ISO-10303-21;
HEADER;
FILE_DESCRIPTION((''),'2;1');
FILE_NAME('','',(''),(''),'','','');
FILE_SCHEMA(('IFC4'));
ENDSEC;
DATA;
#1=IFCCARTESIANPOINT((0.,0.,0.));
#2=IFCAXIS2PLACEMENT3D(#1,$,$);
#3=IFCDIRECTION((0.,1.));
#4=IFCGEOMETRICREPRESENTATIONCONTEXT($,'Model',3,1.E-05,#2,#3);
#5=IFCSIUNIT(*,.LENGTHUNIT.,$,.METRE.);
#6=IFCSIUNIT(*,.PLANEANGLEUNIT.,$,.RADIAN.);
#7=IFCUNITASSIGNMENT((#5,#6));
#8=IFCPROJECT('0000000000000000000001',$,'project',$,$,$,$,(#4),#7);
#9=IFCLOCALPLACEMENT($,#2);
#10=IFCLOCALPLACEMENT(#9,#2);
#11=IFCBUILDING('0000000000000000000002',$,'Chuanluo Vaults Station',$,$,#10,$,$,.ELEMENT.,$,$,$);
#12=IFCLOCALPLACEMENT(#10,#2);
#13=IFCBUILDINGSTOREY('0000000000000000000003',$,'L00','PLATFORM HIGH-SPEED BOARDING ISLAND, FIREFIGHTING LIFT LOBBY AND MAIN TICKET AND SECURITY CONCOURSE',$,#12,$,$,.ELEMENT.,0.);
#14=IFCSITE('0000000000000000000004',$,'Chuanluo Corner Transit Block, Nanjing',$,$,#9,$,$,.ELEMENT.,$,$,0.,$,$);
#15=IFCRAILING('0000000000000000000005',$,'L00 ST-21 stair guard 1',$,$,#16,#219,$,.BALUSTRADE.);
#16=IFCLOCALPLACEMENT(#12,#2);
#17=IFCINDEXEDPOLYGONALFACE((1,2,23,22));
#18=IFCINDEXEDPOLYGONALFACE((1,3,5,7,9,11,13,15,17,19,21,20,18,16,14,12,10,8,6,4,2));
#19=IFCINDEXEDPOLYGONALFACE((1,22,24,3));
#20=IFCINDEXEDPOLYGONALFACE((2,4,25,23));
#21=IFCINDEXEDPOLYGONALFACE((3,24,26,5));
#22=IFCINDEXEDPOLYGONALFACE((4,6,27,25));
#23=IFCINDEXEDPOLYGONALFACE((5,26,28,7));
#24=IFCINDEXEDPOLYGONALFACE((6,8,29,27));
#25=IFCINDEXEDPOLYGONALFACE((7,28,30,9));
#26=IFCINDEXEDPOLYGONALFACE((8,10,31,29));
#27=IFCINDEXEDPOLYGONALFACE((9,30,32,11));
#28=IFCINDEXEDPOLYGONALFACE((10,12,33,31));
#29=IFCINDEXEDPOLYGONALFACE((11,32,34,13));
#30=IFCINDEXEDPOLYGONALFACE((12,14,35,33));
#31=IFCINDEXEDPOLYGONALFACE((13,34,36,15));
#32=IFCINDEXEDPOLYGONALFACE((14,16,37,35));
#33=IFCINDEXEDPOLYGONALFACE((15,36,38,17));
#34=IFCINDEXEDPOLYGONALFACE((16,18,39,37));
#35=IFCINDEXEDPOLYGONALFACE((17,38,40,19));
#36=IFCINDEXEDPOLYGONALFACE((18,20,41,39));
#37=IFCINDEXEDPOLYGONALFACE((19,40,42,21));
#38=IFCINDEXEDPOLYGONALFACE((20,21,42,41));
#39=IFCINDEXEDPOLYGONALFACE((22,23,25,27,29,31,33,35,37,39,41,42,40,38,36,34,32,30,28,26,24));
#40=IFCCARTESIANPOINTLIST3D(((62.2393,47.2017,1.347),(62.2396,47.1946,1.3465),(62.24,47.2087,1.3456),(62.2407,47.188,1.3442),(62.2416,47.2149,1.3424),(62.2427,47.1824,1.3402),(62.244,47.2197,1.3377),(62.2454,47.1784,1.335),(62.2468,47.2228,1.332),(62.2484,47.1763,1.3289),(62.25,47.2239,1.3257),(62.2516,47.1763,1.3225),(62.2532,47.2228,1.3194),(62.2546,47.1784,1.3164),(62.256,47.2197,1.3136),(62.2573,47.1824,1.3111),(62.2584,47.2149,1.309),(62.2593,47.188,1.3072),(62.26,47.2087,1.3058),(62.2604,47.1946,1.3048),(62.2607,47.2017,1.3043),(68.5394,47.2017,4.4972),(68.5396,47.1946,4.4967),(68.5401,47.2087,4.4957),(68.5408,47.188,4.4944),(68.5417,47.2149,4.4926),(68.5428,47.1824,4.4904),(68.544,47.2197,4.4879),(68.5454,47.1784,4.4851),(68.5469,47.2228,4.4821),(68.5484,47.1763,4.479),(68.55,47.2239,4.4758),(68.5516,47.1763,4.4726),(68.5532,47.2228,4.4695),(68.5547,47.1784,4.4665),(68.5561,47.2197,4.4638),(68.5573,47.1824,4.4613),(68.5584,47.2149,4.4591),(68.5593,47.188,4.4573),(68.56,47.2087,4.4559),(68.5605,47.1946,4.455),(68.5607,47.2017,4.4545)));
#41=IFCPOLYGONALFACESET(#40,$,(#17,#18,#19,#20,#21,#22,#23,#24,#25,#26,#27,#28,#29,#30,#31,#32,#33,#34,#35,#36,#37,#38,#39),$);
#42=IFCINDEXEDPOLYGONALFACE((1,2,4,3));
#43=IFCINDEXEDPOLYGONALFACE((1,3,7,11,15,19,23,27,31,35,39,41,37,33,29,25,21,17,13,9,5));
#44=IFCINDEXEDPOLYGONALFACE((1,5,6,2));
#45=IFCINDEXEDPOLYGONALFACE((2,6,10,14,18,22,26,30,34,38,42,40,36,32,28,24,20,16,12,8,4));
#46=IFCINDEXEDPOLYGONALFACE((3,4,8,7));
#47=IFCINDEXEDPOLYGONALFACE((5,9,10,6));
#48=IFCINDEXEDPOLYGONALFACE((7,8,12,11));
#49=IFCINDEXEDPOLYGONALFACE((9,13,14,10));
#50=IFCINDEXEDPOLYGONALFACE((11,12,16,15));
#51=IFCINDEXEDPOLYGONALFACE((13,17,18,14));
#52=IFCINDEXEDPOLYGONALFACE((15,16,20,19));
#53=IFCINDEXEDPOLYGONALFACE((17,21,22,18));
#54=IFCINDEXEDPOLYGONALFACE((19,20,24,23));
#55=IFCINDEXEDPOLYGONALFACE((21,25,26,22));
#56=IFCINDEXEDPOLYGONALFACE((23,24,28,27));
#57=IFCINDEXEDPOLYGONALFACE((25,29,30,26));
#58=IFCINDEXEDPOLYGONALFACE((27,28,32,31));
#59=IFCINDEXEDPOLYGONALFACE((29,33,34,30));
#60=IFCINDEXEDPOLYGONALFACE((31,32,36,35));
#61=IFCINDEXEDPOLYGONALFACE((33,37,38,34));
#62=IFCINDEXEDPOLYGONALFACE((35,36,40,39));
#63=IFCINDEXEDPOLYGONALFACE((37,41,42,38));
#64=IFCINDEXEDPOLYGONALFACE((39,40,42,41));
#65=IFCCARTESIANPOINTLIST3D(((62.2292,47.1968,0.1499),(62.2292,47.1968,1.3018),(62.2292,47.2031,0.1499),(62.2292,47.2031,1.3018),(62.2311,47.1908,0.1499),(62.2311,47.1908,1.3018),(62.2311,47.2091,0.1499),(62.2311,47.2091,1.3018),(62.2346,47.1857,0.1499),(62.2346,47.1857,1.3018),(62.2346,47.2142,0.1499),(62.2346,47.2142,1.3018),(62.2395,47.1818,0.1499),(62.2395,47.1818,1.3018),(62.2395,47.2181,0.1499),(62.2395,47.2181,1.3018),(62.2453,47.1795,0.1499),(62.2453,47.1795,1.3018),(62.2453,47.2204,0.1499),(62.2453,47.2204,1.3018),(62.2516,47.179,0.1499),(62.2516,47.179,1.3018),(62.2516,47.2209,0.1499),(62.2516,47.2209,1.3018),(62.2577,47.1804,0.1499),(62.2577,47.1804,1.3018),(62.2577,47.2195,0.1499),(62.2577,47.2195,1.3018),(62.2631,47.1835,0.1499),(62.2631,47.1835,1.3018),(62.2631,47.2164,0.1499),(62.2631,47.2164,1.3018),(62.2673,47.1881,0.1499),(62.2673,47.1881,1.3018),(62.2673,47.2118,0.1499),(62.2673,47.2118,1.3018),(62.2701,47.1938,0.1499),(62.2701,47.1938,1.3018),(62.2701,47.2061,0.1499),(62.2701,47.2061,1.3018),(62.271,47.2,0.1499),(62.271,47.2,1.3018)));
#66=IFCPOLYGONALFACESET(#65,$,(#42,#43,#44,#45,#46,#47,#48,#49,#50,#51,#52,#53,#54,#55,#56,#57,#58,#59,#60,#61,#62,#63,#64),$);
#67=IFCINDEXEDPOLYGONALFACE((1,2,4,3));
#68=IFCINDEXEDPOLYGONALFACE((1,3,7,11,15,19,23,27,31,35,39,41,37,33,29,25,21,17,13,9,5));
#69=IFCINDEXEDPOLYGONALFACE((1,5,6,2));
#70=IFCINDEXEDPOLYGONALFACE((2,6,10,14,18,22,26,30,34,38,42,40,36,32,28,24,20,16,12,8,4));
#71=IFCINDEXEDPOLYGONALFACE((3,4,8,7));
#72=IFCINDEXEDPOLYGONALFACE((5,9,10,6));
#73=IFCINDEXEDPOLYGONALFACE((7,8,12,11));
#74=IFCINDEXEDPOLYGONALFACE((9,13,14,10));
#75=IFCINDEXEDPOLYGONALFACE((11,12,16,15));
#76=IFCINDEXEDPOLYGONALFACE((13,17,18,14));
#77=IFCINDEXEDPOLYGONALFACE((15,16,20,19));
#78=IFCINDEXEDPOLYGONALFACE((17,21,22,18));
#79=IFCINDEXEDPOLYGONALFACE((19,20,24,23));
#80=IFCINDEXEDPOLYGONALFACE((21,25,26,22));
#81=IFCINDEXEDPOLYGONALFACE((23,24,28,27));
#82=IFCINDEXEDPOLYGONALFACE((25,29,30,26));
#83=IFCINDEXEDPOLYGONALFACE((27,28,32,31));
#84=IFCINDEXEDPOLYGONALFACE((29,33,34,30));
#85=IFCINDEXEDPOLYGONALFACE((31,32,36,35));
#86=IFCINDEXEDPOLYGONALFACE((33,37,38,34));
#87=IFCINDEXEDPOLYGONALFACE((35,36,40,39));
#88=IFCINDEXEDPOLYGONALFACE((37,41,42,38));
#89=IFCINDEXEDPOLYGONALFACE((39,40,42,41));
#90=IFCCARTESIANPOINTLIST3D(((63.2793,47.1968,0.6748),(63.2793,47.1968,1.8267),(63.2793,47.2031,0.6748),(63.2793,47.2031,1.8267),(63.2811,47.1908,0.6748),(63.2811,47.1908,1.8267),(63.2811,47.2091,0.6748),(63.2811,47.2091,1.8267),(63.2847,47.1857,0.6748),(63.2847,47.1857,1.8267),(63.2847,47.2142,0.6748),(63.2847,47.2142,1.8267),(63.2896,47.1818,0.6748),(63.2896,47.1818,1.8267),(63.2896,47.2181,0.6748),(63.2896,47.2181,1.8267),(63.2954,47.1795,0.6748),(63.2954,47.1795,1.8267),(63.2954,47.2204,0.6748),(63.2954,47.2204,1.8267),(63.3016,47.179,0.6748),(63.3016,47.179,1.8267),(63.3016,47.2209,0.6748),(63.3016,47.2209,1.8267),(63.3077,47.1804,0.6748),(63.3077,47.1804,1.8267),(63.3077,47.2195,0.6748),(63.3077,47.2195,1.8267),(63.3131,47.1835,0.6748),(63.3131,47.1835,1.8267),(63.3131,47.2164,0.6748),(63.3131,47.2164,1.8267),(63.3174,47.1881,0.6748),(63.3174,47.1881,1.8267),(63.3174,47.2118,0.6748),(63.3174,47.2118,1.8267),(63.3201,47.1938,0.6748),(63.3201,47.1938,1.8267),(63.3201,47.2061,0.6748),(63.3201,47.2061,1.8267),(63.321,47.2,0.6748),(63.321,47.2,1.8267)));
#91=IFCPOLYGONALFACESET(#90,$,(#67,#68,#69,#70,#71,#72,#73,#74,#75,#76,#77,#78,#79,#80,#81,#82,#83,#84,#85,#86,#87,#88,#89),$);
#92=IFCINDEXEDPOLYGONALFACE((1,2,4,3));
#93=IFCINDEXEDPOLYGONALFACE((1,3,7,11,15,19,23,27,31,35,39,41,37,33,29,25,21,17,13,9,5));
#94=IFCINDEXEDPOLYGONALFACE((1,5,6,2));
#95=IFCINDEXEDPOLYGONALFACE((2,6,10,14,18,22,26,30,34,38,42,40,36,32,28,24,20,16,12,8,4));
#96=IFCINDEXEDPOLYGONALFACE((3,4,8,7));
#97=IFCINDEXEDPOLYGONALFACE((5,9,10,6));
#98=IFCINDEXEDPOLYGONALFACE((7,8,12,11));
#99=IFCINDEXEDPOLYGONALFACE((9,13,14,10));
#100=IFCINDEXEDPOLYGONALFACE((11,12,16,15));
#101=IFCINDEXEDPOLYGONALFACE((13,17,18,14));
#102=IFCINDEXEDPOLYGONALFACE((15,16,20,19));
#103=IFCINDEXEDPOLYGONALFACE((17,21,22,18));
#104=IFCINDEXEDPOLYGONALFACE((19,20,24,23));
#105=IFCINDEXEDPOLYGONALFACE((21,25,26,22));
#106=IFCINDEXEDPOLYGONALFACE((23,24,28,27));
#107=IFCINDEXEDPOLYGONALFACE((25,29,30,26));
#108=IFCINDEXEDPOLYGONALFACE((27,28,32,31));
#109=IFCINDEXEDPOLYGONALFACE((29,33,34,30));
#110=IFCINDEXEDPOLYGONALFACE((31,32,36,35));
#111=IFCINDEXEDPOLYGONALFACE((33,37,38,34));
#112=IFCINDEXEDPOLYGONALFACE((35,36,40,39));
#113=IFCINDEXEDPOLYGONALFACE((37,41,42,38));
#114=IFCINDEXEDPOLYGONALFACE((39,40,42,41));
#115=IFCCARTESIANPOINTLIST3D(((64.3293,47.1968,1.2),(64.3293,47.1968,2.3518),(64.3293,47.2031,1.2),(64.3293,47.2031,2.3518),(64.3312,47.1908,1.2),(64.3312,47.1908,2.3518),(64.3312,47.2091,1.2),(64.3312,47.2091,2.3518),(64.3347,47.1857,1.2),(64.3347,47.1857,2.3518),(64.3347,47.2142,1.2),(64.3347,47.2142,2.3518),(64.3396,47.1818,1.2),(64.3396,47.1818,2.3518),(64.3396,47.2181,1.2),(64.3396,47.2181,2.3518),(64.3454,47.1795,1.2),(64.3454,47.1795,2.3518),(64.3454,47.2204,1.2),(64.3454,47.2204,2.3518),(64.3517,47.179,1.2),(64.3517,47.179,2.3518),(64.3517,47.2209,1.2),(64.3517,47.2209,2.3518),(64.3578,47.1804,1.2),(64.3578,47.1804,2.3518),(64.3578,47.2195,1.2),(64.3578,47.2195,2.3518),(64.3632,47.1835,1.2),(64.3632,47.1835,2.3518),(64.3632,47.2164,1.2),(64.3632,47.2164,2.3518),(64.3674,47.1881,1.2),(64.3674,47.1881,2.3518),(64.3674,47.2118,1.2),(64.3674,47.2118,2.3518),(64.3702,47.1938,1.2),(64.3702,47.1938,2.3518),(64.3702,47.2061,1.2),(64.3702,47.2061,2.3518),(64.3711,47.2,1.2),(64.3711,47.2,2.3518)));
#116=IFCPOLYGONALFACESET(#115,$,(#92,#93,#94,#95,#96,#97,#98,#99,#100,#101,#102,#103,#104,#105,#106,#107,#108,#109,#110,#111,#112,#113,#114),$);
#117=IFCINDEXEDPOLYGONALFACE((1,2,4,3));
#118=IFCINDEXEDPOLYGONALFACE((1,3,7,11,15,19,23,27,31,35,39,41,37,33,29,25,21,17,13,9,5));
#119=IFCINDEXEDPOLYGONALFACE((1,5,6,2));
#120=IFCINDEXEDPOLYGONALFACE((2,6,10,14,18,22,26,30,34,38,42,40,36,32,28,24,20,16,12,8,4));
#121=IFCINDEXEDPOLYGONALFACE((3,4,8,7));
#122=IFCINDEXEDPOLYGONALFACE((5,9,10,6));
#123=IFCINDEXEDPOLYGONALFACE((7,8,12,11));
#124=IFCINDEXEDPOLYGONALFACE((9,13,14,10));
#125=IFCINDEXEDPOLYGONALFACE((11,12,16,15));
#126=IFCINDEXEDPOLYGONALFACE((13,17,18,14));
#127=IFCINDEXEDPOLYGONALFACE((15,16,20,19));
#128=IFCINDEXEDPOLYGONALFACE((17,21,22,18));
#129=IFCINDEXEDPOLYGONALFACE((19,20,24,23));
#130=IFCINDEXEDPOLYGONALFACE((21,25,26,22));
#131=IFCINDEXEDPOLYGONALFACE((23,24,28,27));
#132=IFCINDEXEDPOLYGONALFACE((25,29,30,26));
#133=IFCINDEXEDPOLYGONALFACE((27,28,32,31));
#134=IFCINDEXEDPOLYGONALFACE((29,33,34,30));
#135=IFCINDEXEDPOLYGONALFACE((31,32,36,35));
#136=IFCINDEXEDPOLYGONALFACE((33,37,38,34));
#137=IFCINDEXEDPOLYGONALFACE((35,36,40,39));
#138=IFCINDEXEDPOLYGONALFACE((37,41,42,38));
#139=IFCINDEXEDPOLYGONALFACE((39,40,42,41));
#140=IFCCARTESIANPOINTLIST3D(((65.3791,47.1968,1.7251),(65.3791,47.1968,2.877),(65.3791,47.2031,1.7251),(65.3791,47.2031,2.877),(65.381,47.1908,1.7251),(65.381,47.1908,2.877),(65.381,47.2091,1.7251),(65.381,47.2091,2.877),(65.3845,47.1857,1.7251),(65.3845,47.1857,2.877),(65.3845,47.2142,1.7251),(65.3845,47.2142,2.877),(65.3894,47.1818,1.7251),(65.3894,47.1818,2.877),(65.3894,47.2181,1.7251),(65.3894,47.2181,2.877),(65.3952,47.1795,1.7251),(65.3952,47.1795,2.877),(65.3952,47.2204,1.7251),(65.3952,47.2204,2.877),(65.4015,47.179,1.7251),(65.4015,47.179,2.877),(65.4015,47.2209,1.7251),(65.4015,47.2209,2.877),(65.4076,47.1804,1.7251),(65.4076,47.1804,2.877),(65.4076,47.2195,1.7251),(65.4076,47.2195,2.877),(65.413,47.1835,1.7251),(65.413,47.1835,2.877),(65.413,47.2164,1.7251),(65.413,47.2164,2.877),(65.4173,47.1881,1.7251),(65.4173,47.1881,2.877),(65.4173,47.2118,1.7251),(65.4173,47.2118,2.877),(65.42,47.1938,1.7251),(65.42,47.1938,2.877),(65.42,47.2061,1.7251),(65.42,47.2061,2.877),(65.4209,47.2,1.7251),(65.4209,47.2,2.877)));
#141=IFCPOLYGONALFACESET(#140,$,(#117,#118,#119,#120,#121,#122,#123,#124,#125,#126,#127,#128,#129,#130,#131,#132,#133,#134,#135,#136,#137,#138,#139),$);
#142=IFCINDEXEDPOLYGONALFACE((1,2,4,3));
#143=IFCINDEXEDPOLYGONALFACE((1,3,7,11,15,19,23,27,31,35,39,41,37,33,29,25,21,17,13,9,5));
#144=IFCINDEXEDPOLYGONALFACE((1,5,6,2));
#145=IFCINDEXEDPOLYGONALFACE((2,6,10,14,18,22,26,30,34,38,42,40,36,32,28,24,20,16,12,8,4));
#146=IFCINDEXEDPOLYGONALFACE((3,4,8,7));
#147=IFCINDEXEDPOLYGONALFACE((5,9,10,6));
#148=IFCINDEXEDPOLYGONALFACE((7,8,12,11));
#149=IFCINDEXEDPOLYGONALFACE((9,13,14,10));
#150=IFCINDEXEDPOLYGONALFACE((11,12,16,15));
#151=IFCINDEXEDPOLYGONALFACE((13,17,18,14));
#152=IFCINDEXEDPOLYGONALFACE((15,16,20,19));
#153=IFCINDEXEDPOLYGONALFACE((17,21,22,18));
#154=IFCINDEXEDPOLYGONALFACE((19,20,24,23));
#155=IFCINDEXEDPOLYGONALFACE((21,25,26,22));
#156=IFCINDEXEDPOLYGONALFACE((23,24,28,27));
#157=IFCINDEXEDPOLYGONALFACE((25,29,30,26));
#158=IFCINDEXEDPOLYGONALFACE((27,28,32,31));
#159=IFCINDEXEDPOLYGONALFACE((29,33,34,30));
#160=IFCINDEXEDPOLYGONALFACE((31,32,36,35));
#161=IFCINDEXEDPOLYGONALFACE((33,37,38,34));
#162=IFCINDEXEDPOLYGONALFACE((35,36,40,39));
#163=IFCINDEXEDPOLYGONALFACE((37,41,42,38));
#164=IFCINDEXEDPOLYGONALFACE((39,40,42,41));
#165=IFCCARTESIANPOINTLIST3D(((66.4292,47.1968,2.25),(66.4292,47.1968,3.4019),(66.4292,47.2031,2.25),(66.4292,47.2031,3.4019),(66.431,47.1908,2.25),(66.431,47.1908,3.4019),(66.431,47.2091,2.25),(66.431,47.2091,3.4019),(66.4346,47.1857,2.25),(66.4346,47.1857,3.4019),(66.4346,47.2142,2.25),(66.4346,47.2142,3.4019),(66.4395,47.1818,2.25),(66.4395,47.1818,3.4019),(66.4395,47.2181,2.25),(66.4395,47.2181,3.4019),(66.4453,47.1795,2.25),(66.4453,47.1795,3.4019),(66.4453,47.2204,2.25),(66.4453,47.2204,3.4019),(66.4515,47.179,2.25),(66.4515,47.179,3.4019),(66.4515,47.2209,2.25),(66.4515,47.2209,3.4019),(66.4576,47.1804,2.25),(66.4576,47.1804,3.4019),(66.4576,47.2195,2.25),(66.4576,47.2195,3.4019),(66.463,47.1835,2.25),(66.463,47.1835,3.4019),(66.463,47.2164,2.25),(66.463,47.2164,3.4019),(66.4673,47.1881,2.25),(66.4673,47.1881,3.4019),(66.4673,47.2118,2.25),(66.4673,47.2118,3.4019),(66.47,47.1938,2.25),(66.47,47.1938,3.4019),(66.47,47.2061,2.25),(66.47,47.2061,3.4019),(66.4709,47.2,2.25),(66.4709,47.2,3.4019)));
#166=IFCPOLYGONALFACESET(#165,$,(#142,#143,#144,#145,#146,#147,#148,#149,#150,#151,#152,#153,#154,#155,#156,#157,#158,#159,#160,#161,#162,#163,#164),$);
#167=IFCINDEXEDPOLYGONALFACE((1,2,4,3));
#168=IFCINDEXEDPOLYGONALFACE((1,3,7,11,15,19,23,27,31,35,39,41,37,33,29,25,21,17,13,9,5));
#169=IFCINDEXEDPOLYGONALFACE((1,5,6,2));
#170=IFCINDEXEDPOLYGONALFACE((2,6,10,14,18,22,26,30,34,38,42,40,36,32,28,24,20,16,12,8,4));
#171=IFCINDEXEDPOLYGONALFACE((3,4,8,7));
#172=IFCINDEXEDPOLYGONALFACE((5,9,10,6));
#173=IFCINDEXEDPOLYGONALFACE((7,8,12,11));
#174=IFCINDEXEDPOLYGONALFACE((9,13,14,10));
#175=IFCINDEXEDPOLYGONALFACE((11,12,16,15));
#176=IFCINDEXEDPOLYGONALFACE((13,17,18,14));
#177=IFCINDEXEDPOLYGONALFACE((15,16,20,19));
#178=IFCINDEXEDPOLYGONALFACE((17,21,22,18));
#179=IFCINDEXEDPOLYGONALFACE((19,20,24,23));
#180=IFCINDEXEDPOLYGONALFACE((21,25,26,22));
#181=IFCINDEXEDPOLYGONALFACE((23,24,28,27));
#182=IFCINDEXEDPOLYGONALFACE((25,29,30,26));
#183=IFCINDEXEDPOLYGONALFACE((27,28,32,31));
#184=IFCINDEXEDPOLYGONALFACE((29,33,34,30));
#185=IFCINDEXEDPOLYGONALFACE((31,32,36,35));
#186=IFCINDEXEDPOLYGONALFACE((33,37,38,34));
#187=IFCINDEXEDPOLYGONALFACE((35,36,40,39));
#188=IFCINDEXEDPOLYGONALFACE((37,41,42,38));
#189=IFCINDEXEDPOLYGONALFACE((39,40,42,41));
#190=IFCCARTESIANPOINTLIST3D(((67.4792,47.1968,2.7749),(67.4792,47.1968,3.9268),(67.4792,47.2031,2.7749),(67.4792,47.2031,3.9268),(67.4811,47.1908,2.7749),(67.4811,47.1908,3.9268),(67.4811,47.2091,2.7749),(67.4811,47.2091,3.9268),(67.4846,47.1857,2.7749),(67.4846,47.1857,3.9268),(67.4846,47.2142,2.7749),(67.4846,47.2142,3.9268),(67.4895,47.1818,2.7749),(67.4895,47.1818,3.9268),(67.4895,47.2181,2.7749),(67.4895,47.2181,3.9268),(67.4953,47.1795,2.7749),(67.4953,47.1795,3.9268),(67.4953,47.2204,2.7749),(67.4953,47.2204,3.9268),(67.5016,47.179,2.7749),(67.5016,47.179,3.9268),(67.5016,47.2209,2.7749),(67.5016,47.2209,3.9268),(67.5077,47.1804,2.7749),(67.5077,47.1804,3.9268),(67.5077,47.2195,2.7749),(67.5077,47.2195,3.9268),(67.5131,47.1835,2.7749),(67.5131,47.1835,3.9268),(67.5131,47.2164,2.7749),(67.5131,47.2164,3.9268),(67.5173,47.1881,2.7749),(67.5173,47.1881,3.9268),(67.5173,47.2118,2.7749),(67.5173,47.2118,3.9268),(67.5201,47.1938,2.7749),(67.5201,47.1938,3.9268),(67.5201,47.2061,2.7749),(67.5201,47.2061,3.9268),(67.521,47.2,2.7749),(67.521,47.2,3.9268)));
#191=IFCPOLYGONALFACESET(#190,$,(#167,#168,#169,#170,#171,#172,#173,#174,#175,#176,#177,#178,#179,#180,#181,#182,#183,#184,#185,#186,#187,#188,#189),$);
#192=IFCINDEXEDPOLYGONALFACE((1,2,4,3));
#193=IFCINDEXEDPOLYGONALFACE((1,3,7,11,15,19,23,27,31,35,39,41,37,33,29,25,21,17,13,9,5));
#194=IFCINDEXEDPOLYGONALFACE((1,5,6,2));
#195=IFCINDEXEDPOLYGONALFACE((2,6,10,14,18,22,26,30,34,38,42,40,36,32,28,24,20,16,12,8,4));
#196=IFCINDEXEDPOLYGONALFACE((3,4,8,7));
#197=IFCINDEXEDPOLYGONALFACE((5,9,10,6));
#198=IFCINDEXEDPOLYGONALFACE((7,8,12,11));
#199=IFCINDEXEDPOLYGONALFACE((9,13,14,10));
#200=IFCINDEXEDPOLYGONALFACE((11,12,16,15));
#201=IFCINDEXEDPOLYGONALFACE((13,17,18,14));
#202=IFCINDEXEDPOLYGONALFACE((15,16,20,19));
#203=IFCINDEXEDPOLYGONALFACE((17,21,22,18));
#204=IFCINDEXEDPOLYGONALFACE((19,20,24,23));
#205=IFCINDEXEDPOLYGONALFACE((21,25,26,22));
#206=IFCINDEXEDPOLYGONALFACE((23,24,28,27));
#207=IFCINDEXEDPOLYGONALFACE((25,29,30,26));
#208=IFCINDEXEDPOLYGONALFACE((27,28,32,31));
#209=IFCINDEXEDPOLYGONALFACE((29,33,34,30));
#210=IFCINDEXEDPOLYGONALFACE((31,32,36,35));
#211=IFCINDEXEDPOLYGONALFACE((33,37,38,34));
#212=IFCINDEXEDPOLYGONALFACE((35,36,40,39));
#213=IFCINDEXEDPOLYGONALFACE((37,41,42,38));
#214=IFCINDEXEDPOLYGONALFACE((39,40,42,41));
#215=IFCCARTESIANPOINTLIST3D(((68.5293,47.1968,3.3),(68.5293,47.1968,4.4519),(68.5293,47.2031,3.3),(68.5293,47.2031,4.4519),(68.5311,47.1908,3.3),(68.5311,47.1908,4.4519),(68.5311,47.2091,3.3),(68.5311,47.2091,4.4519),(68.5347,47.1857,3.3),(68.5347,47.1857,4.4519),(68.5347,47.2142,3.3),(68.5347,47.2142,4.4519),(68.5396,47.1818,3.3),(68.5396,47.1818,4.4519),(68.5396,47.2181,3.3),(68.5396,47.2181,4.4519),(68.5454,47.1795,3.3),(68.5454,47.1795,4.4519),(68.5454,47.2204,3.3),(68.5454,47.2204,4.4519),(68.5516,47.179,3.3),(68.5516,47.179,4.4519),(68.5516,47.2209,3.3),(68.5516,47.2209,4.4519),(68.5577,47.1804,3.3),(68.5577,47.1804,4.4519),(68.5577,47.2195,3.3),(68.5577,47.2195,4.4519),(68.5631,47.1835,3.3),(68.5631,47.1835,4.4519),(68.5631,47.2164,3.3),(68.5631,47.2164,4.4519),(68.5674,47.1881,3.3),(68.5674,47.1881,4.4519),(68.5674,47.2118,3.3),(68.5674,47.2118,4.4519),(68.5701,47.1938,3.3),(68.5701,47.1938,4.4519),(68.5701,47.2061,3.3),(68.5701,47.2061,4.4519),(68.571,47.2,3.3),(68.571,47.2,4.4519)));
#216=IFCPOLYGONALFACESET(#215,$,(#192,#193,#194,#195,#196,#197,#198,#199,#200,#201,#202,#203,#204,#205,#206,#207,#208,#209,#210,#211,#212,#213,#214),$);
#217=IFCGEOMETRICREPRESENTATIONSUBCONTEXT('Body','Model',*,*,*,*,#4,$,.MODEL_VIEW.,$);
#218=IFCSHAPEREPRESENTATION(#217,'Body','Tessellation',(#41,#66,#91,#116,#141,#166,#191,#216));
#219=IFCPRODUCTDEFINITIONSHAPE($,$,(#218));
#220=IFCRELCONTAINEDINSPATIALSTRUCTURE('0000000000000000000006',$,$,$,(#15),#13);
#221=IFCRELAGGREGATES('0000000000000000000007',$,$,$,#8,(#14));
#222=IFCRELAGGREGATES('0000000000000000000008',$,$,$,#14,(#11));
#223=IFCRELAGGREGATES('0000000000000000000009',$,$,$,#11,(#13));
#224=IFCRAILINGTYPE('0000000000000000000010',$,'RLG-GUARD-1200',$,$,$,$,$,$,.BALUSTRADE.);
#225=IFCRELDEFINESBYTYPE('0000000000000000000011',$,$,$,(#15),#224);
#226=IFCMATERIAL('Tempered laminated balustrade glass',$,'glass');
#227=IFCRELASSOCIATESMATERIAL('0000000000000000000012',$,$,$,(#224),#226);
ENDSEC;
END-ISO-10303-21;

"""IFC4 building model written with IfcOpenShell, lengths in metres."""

from ifc_helpers import new_model, si_unit, direction, frame, origin, origin_2d, place, context, subcontext, project, spatial, circle, extrude, material, type_object, element, save


model = new_model("IFC4")

# Units and contexts
model_context = context("Model", 3, precision=1e-05, world=origin(), true_north=direction((0.0, 1.0)))
body_context = subcontext(model_context, "Body", "Model", "MODEL_VIEW")
ifc_project = project(units=[si_unit("LENGTHUNIT", "METRE"), si_unit("PLANEANGLEUNIT", "RADIAN")], contexts=[model_context])

# Site, building, storey
site_placement = place(None, origin())
site = spatial("IfcSite", under=ifc_project, at=site_placement, Name="Chuanluo Corner Transit Block, Nanjing", CompositionType="ELEMENT", RefElevation=0.0)
building_placement = place(site_placement, origin())
building = spatial("IfcBuilding", under=site, at=building_placement, Name="Chuanluo Vaults Station", CompositionType="ELEMENT")
storey_placement = place(building_placement, origin())
storey = spatial("IfcBuildingStorey", under=building, at=storey_placement, Name="L00", Description="PLATFORM HIGH-SPEED BOARDING ISLAND, FIREFIGHTING LIFT LOBBY AND MAIN TICKET AND SECURITY CONCOURSE", CompositionType="ELEMENT", Elevation=0.0)

# Railing
ifc_material_1 = material(Name="Tempered laminated balustrade glass", Category="glass")
railing_type_1 = type_object("IfcRailingType", Name="RLG-GUARD-1200", PredefinedType="BALUSTRADE", material=ifc_material_1)
railing_1_placement = place(storey_placement, frame((62.25, 47.2, 0.1499)))
element("IfcRailing", 1, at=railing_1_placement, inside=storey, type_object=railing_type_1, Name="L00 ST-21 stair guard 1", PredefinedType="BALUSTRADE", context=body_context, shape_type="SweptSolid", body=[
    extrude(circle(Radius=0.0239, at=origin_2d()), frame((0.0, 0.0, 1.1758), z_axis=(0.89442, 0.0, 0.447227), x_axis=(0.0, 1.0, 0.0)), (0.0, 0.0, 1.0), 7.0437),
    extrude(circle(Radius=0.021, at=origin_2d()), origin(), (0.0, 0.0, 1.0), 1.1519),
    extrude(circle(Radius=0.021, at=origin_2d()), frame((1.05, 0.0, 0.5249)), (0.0, 0.0, 1.0), 1.1519),
    extrude(circle(Radius=0.021, at=origin_2d()), frame((2.1001, 0.0, 1.05)), (0.0, 0.0, 1.0), 1.1519),
    extrude(circle(Radius=0.021, at=origin_2d()), frame((3.1499, 0.0, 1.5752)), (0.0, 0.0, 1.0), 1.1519),
    extrude(circle(Radius=0.021, at=origin_2d()), frame((4.2, 0.0, 2.1001)), (0.0, 0.0, 1.0), 1.1519),
    extrude(circle(Radius=0.021, at=origin_2d()), frame((5.25, 0.0, 2.625)), (0.0, 0.0, 1.0), 1.1519),
    extrude(circle(Radius=0.021, at=origin_2d()), frame((6.3, 0.0, 3.1501)), (0.0, 0.0, 1.0), 1.1519),
])

save(model, "model.ifc")
